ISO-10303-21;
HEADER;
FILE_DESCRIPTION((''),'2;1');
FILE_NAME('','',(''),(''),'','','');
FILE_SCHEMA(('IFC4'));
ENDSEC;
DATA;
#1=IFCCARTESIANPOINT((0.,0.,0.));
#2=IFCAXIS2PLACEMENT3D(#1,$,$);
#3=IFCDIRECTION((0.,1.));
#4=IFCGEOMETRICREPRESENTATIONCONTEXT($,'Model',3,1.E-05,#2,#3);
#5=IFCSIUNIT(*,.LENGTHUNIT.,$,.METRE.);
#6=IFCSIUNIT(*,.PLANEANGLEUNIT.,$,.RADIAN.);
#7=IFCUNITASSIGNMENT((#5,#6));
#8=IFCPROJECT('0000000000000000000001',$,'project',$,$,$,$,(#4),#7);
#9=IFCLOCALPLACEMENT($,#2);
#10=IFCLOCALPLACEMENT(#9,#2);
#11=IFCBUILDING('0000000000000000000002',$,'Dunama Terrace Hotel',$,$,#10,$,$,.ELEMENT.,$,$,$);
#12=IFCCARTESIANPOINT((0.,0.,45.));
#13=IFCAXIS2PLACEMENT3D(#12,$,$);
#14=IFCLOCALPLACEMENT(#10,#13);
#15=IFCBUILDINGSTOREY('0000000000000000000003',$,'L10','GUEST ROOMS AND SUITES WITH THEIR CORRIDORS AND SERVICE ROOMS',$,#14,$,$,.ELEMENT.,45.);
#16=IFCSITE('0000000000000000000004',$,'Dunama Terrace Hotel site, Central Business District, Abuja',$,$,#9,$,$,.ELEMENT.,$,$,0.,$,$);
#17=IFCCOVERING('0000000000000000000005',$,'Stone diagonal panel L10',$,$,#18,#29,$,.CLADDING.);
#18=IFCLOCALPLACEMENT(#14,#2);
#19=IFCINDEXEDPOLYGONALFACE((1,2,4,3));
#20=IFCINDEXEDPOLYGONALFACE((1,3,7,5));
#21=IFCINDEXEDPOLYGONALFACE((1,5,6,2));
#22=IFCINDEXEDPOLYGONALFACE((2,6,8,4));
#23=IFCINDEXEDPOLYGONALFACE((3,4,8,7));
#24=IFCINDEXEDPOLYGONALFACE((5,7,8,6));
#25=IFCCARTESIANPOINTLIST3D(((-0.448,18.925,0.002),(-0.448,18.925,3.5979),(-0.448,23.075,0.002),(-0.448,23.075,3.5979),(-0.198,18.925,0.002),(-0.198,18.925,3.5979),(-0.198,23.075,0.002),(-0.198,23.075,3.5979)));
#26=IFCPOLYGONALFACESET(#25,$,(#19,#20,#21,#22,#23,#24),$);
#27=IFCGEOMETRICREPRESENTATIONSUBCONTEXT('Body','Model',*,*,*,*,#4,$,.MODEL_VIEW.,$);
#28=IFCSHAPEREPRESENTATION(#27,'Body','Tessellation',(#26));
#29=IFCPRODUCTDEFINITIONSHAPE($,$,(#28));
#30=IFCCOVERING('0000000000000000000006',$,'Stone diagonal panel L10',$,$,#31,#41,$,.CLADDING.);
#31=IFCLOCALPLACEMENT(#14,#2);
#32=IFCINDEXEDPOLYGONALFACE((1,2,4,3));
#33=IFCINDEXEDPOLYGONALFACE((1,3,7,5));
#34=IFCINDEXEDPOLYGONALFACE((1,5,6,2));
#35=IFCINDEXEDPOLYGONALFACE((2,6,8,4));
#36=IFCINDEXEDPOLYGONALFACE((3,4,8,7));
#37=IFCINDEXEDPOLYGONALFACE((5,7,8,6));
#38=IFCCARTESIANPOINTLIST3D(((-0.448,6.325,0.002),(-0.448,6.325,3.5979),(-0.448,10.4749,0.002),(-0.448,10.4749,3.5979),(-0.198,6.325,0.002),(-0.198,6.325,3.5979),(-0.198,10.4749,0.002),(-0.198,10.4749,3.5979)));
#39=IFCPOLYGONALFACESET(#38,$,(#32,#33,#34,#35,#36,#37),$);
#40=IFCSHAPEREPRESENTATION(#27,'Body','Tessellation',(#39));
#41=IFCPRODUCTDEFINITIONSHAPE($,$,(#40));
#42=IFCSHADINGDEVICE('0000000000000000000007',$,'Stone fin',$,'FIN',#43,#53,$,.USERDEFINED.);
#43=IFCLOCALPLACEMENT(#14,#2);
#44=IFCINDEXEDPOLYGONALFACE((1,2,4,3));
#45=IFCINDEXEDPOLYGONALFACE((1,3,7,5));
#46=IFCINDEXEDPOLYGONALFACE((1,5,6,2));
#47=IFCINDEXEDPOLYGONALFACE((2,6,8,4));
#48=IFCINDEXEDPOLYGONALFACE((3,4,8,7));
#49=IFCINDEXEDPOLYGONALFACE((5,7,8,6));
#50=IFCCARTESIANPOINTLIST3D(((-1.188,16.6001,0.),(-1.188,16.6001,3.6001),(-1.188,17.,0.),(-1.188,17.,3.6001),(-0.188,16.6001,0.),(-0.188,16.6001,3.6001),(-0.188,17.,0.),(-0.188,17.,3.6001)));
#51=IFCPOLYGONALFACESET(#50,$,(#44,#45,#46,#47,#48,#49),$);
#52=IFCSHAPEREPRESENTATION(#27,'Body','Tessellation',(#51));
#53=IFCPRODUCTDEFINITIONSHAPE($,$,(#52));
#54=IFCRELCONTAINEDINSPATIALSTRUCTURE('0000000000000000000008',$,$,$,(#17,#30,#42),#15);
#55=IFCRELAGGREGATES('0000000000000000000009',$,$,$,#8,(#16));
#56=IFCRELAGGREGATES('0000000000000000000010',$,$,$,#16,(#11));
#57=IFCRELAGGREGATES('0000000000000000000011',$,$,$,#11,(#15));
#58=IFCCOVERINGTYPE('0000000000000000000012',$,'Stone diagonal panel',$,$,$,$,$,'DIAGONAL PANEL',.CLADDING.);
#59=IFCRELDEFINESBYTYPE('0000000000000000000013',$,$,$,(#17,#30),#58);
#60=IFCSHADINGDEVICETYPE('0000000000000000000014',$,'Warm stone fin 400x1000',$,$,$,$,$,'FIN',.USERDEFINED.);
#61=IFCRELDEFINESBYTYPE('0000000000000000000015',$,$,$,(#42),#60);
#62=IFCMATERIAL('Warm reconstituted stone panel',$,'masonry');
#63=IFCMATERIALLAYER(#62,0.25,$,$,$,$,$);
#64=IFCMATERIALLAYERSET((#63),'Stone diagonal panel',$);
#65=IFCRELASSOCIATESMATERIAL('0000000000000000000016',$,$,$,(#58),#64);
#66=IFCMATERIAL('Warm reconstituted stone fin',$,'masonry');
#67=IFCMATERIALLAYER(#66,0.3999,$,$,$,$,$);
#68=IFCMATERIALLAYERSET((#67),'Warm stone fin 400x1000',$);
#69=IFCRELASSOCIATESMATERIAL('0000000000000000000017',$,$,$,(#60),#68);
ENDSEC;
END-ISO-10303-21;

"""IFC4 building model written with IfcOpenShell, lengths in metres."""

from ifc_helpers import new_model, si_unit, direction, frame, origin, origin_2d, place, context, subcontext, project, spatial, rectangle, extrude, material, layer, layer_set, type_object, element, save


model = new_model("IFC4")

# Units and contexts
model_context = context("Model", 3, precision=1e-05, world=origin(), true_north=direction((0.0, 1.0)))
body_context = subcontext(model_context, "Body", "Model", "MODEL_VIEW")
ifc_project = project(units=[si_unit("LENGTHUNIT", "METRE"), si_unit("PLANEANGLEUNIT", "RADIAN")], contexts=[model_context])

# Site, building, storey
site_placement = place(None, origin())
site = spatial("IfcSite", under=ifc_project, at=site_placement, Name="Dunama Terrace Hotel site, Central Business District, Abuja", CompositionType="ELEMENT", RefElevation=0.0)
building_placement = place(site_placement, origin())
building = spatial("IfcBuilding", under=site, at=building_placement, Name="Dunama Terrace Hotel", CompositionType="ELEMENT")
storey_placement = place(building_placement, frame((0.0, 0.0, 45.0)))
storey = spatial("IfcBuildingStorey", under=building, at=storey_placement, Name="L10", Description="GUEST ROOMS AND SUITES WITH THEIR CORRIDORS AND SERVICE ROOMS", CompositionType="ELEMENT", Elevation=45.0)

# Coverings
ifc_material_1 = material(Name="Warm reconstituted stone panel", Category="masonry")
ifc_layer_1 = layer(ifc_material_1, 0.25)
ifc_layer_set_1 = layer_set([ifc_layer_1], Name="Stone diagonal panel")
covering_type = type_object("IfcCoveringType", Name="Stone diagonal panel", ElementType="DIAGONAL PANEL", PredefinedType="CLADDING", material=ifc_layer_set_1)
for number, where, z_axis, x_axis, name in (
    (1, (-0.323, 21.0, 0.002), (0.0, 0.0, 1.0), (0.0, -1.0, 0.0), "Stone diagonal panel L10"),
    (2, (-0.323, 8.3999, 0.002), (0.0, 0.0, 1.0), (0.0, -1.0, 0.0), "Stone diagonal panel L10"),
):
    element("IfcCovering", number, at=place(storey_placement, frame(where, z_axis=z_axis, x_axis=x_axis)), inside=storey, type_object=covering_type, Name=name, PredefinedType="CLADDING", context=body_context, shape_type="SweptSolid", body=[
        extrude(rectangle(XDim=4.1499, YDim=0.25, at=origin_2d()), origin(), (0.0, 0.0, 1.0), 3.5959),
    ])

# Shading device
ifc_material_2 = material(Name="Warm reconstituted stone fin", Category="masonry")
ifc_layer_2 = layer(ifc_material_2, 0.3999)
ifc_layer_set_2 = layer_set([ifc_layer_2], Name="Warm stone fin 400x1000")
shading_device_type = type_object("IfcShadingDeviceType", Name="Warm stone fin 400x1000", ElementType="FIN", PredefinedType="USERDEFINED", material=ifc_layer_set_2)
shading_device_placement = place(storey_placement, frame((-0.688, 16.8, 0.0), z_axis=(0.0, 0.0, 1.0), x_axis=(0.0, -1.0, 0.0)))
element("IfcShadingDevice", 3, at=shading_device_placement, inside=storey, type_object=shading_device_type, Name="Stone fin", ObjectType="FIN", PredefinedType="USERDEFINED", context=body_context, shape_type="SweptSolid", body=[
    extrude(rectangle(XDim=0.3999, YDim=1.0, at=origin_2d()), origin(), (0.0, 0.0, 1.0), 3.6001),
])

save(model, "model.ifc")
